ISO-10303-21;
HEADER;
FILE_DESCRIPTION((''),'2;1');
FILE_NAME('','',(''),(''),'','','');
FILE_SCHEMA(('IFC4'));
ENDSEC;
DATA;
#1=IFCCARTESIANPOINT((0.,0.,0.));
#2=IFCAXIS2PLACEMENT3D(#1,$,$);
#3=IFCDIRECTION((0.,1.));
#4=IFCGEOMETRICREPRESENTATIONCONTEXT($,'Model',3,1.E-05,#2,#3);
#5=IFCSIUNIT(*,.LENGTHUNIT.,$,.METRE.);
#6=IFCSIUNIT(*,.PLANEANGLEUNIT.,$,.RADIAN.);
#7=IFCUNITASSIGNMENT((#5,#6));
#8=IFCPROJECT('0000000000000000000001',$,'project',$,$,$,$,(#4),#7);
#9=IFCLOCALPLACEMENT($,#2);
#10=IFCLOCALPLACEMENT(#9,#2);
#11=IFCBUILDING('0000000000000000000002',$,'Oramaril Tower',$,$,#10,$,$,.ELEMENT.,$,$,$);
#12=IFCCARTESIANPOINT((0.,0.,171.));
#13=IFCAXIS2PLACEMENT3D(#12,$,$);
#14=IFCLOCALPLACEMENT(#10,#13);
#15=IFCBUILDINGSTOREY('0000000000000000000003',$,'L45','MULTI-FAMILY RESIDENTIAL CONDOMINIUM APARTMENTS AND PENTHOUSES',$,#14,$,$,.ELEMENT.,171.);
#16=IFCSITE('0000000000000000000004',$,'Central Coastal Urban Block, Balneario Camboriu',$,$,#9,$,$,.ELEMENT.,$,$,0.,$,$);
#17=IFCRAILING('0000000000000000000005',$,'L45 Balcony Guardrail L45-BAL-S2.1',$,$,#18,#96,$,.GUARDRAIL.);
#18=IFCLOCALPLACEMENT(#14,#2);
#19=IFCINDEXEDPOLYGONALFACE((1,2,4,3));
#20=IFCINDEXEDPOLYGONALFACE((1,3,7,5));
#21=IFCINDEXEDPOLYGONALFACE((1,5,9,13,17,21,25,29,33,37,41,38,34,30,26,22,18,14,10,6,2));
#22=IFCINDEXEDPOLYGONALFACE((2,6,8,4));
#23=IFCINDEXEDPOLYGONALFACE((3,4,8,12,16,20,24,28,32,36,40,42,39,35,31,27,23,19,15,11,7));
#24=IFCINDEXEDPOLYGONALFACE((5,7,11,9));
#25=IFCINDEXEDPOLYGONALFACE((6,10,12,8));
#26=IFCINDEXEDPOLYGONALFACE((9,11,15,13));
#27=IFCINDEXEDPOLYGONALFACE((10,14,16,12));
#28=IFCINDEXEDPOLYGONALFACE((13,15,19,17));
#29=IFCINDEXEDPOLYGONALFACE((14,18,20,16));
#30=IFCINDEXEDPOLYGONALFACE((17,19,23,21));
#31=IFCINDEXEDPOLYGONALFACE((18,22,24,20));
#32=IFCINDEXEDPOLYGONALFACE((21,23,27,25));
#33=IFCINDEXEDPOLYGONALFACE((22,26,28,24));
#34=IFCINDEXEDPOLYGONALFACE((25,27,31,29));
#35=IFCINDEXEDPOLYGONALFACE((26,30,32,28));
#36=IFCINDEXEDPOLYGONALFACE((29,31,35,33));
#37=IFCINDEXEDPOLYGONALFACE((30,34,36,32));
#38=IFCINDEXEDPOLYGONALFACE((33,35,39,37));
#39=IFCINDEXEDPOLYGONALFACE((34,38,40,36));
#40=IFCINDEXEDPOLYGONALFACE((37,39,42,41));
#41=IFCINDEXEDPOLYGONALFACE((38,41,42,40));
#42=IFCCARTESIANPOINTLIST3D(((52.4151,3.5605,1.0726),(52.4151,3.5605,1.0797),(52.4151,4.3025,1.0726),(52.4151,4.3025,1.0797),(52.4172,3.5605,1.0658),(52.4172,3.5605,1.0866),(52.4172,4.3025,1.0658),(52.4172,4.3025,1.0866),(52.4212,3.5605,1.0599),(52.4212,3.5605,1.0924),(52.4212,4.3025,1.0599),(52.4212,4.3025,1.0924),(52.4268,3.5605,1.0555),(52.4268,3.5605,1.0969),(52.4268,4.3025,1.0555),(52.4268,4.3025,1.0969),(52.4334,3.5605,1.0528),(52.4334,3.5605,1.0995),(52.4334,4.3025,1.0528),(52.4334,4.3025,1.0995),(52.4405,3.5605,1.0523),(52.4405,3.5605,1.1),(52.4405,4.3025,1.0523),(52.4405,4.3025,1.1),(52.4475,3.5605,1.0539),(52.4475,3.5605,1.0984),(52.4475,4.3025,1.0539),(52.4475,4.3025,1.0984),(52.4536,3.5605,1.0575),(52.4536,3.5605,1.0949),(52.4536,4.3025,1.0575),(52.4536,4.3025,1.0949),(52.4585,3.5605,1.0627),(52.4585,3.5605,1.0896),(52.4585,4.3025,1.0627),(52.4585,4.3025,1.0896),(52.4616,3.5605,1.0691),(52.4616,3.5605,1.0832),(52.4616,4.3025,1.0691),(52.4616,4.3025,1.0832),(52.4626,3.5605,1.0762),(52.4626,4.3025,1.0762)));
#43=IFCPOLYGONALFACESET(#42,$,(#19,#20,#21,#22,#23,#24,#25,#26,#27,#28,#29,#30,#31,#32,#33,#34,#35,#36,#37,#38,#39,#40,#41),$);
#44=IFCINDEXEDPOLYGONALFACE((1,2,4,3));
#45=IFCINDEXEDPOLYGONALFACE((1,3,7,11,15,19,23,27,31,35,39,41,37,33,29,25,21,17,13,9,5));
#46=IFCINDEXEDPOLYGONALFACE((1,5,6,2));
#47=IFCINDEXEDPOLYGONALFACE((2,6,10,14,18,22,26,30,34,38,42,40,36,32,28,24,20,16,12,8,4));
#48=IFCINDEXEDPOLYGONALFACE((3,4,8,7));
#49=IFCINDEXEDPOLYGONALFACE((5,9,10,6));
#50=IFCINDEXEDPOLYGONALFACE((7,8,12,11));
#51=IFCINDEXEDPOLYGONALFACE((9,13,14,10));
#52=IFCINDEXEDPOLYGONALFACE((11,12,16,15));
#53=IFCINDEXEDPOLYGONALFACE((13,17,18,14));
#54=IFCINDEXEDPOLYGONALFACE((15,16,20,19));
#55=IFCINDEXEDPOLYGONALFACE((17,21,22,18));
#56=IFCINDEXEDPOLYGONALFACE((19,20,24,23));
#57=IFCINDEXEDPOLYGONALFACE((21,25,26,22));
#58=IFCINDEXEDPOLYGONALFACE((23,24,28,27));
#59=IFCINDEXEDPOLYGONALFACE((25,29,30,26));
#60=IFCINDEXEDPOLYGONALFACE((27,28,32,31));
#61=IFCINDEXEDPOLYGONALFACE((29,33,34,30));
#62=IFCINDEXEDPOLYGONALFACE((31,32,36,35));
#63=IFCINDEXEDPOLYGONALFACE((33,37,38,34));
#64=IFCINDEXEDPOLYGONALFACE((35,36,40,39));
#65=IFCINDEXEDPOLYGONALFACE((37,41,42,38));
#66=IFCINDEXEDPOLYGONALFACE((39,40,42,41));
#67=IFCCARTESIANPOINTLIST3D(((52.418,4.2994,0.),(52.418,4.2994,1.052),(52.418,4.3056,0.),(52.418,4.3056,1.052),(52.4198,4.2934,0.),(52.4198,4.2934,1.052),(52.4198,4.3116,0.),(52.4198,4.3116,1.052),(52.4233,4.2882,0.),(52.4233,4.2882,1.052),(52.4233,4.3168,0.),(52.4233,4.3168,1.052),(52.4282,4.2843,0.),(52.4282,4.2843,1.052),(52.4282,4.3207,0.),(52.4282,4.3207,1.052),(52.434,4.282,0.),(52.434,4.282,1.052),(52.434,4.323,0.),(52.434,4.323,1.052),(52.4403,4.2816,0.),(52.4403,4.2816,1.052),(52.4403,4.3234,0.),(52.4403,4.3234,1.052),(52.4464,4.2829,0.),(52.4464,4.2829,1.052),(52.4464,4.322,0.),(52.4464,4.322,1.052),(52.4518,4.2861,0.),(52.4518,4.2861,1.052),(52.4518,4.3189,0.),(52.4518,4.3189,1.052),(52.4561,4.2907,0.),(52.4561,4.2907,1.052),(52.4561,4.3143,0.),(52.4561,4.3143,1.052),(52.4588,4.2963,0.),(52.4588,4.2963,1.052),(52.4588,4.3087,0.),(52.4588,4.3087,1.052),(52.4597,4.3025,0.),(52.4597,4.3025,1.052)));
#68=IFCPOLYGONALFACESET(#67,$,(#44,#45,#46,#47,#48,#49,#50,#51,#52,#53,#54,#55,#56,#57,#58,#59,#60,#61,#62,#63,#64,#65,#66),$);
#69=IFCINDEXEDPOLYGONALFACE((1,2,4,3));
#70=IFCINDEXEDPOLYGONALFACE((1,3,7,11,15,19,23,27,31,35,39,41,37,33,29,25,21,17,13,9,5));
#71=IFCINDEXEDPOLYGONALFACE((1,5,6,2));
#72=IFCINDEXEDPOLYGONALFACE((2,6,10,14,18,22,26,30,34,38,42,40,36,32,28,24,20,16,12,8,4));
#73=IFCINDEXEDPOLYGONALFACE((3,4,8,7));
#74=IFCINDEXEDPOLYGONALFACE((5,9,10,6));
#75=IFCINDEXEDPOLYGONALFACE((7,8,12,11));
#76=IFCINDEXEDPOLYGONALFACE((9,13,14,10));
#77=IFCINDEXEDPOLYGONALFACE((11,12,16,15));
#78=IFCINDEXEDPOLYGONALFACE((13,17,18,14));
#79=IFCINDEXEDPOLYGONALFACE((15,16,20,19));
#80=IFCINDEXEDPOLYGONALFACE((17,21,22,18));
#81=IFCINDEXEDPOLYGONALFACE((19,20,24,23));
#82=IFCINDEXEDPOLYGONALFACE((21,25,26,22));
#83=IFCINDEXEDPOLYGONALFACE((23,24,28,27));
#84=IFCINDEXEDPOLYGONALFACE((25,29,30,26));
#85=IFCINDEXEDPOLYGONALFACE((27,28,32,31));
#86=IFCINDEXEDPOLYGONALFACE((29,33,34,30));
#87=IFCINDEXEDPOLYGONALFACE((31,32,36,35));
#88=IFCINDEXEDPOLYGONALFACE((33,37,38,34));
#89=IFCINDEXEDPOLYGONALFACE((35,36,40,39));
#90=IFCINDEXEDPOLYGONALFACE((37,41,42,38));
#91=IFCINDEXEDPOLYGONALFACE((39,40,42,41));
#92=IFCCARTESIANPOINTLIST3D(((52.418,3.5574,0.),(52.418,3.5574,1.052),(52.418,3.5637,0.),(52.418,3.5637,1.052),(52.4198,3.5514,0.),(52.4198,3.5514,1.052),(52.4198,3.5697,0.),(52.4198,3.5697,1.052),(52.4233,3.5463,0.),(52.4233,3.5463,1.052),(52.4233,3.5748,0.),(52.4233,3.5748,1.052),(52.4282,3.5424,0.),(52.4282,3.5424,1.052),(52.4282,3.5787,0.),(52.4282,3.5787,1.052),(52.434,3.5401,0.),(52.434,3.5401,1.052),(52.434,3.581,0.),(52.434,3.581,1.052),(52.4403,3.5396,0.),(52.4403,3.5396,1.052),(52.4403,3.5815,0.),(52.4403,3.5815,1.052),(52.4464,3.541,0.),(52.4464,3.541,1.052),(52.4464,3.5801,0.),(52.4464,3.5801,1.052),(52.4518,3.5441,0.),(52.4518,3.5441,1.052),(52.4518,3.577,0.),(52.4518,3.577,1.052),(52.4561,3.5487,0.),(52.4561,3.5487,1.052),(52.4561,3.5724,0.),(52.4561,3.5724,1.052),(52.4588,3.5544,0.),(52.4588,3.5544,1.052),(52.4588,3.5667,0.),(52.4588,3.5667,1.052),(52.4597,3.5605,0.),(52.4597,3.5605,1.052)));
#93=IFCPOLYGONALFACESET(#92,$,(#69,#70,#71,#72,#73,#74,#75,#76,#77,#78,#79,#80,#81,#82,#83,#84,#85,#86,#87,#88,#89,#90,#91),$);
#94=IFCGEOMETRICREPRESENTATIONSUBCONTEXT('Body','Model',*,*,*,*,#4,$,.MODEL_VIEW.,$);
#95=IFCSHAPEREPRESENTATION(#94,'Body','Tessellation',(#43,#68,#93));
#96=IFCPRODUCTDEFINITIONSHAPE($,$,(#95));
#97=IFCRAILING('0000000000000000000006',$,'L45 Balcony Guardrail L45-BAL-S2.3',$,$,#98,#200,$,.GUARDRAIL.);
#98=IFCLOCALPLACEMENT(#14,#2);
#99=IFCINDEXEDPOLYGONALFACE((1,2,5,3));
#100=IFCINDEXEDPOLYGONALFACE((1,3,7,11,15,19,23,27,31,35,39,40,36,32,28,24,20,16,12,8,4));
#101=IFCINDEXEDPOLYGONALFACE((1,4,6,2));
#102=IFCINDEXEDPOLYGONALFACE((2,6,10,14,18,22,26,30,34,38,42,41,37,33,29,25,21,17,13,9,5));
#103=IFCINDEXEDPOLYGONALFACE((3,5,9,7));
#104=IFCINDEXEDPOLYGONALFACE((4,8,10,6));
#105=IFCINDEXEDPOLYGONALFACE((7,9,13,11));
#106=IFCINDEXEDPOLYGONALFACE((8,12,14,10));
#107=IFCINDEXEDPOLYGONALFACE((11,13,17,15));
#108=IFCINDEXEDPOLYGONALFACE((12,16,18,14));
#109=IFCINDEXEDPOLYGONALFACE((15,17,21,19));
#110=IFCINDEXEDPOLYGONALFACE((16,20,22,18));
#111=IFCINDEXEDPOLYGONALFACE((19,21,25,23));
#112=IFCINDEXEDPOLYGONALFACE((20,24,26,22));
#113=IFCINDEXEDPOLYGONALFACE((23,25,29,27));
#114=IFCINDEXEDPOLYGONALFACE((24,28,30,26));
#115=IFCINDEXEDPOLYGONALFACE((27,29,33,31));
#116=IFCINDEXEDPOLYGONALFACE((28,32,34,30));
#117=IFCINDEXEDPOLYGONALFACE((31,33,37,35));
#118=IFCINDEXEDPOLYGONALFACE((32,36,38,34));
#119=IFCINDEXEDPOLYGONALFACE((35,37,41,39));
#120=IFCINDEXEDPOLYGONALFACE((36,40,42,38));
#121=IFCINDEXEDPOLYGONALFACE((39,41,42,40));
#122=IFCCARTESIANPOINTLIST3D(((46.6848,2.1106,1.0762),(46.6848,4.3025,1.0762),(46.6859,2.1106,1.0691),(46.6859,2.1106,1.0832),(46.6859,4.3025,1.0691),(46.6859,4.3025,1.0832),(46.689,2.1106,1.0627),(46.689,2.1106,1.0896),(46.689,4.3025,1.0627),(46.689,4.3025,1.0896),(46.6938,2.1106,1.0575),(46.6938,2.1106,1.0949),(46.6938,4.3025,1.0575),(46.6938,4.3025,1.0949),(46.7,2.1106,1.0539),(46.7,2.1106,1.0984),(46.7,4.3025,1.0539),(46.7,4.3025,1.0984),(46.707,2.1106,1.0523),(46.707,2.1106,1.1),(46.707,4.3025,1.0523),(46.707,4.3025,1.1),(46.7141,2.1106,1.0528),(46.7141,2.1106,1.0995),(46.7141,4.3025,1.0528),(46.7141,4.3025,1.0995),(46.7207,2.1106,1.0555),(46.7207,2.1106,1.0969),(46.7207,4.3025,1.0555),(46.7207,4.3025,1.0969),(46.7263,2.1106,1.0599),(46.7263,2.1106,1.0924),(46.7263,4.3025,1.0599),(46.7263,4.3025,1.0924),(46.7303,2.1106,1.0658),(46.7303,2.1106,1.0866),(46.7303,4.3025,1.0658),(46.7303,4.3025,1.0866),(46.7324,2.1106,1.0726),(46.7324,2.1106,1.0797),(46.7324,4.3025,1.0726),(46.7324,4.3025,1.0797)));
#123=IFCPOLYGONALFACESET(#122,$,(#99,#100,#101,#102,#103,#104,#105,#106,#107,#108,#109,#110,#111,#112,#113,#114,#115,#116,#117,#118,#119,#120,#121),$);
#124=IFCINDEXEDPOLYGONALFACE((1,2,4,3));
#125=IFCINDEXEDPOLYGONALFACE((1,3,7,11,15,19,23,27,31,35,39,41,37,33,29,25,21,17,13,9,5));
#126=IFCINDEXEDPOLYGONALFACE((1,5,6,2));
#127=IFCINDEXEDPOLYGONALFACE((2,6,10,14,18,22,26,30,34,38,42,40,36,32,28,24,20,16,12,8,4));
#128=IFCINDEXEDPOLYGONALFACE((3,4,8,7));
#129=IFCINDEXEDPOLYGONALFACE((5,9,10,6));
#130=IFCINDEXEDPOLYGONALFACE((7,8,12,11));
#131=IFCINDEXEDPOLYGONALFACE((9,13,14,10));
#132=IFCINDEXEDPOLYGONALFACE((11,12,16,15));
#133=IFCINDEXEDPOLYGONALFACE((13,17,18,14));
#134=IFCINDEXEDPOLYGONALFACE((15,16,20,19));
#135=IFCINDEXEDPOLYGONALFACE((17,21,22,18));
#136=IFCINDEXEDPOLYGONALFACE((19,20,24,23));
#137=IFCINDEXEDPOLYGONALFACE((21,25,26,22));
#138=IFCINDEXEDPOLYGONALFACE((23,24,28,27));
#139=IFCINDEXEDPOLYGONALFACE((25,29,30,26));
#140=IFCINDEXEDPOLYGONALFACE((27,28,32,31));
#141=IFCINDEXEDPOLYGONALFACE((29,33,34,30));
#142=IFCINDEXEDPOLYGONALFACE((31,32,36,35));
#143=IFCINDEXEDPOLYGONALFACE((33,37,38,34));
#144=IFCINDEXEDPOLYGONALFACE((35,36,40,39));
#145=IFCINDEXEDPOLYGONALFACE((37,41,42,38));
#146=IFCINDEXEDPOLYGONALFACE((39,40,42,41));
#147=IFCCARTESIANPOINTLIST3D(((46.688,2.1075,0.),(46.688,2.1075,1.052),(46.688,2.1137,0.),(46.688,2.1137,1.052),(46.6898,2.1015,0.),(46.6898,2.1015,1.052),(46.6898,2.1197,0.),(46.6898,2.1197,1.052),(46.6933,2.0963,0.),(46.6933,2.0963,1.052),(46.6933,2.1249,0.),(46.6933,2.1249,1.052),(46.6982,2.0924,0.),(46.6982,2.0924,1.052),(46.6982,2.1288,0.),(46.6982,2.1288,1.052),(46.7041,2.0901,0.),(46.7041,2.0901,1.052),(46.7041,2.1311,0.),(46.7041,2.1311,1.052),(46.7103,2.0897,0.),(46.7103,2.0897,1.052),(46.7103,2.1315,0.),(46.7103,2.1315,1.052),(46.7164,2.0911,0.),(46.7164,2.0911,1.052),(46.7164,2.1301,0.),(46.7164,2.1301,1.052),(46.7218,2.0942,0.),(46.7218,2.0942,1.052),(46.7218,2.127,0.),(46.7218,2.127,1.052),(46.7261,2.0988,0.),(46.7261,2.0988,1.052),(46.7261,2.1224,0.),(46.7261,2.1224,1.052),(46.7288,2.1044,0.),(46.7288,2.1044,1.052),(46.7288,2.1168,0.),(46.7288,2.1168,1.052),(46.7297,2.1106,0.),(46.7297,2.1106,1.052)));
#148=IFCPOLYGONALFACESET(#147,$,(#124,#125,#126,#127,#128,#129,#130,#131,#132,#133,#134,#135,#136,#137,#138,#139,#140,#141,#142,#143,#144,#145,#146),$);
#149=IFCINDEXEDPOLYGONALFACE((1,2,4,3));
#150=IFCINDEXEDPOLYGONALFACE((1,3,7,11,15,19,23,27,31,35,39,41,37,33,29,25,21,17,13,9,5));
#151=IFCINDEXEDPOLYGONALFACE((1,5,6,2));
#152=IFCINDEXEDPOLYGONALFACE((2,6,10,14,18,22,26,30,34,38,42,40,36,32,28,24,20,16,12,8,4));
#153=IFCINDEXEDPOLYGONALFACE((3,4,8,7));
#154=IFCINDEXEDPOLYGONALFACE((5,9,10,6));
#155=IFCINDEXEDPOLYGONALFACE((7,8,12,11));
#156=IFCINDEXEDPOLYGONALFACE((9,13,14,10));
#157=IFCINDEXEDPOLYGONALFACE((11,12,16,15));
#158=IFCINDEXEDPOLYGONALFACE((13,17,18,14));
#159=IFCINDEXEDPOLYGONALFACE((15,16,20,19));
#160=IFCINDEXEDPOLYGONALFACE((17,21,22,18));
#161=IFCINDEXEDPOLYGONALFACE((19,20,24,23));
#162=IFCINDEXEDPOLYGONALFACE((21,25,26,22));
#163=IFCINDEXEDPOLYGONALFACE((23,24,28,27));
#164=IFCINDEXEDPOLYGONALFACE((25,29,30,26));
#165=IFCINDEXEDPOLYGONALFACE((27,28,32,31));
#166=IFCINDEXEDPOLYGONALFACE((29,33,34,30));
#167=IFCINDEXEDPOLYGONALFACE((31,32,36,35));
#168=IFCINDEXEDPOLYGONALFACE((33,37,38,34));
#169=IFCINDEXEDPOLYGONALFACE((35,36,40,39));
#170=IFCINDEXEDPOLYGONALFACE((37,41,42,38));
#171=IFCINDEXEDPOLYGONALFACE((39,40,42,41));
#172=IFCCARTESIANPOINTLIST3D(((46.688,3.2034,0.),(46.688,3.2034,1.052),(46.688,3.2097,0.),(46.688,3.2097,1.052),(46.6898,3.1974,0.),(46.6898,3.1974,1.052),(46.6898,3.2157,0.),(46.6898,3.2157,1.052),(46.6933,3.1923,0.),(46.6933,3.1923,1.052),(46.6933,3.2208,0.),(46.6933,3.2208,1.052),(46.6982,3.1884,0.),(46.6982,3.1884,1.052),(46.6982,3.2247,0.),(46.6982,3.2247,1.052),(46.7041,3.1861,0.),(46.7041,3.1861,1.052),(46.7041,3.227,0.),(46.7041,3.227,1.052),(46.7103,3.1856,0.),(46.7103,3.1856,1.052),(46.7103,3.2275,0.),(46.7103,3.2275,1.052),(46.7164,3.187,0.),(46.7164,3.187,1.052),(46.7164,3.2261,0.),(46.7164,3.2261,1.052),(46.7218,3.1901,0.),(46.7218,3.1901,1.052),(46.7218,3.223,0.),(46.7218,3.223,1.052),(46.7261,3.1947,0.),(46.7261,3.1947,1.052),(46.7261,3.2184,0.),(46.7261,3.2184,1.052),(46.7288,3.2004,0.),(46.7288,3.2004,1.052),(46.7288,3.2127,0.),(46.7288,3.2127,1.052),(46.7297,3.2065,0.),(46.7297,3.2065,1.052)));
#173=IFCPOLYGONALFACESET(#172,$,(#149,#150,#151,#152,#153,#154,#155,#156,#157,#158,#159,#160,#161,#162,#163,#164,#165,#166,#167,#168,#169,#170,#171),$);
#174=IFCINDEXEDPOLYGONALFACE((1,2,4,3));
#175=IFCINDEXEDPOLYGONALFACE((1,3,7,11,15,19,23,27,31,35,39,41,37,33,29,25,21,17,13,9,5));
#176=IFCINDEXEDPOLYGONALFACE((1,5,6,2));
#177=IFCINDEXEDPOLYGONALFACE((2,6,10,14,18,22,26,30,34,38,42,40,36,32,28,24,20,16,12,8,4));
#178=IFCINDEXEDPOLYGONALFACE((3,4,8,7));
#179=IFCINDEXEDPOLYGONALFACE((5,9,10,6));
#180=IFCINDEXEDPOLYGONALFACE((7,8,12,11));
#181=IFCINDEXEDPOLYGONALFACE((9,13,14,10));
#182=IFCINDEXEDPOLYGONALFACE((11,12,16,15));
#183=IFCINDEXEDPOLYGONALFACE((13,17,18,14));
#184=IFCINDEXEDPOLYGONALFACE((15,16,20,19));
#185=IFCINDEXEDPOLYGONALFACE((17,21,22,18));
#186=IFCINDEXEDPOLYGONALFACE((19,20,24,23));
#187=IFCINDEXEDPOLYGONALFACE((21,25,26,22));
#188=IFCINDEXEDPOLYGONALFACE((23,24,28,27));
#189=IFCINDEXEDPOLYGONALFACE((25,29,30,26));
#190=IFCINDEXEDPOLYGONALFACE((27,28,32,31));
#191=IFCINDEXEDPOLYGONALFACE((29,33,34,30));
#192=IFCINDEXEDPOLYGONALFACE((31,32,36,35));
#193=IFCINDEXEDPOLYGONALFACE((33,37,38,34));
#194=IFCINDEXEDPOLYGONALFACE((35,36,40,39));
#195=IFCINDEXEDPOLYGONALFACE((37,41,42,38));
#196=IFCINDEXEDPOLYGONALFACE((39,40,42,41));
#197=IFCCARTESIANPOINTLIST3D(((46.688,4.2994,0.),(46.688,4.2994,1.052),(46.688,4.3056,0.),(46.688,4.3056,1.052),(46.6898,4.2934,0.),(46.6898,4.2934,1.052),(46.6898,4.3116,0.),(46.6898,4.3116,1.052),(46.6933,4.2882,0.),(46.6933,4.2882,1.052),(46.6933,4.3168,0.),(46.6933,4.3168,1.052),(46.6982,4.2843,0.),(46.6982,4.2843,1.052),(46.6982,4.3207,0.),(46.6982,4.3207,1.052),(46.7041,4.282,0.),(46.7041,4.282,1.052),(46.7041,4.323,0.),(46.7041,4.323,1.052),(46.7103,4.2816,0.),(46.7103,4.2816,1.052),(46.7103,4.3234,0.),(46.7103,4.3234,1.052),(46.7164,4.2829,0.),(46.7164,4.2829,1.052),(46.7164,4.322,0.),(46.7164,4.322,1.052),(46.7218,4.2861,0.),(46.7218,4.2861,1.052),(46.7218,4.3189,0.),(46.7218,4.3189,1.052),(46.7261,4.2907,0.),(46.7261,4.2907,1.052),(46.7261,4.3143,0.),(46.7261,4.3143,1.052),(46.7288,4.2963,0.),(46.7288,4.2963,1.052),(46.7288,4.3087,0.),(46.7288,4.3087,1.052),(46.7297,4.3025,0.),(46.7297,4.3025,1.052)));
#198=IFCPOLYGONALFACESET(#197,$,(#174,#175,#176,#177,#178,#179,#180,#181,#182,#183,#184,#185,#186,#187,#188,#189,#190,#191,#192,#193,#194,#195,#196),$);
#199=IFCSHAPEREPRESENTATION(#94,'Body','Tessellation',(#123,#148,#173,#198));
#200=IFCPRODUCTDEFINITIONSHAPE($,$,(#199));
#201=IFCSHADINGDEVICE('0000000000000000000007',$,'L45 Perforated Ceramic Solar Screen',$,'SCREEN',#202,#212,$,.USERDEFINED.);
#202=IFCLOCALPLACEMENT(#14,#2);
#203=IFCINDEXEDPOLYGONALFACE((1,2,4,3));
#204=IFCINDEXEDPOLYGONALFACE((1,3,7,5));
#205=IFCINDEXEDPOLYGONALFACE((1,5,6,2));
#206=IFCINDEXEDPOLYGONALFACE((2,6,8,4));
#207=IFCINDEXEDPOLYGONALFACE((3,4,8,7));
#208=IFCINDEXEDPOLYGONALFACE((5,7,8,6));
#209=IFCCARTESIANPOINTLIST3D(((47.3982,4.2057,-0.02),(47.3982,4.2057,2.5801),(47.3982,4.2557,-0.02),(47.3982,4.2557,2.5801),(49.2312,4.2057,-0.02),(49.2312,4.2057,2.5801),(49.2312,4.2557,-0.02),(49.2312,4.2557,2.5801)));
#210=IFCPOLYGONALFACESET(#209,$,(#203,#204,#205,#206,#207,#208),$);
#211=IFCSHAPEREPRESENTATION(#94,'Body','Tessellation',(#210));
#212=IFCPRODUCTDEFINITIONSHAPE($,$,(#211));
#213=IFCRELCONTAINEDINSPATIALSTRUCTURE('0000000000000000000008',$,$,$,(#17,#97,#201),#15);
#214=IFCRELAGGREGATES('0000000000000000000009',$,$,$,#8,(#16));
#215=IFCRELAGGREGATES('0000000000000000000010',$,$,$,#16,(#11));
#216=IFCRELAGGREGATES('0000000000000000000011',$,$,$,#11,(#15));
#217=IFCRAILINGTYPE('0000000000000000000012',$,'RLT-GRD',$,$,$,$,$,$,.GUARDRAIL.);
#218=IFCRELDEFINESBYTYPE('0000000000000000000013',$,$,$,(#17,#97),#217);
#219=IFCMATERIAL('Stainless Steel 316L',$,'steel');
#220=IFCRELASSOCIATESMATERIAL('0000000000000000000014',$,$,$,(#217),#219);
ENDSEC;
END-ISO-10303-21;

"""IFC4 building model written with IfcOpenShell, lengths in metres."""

from ifc_helpers import new_model, si_unit, direction, frame, origin, origin_2d, place, context, subcontext, project, spatial, rectangle, circle, extrude, material, type_object, element, save


model = new_model("IFC4")

# Units and contexts
model_context = context("Model", 3, precision=1e-05, world=origin(), true_north=direction((0.0, 1.0)))
body_context = subcontext(model_context, "Body", "Model", "MODEL_VIEW")
ifc_project = project(units=[si_unit("LENGTHUNIT", "METRE"), si_unit("PLANEANGLEUNIT", "RADIAN")], contexts=[model_context])

# Site, building, storey
site_placement = place(None, origin())
site = spatial("IfcSite", under=ifc_project, at=site_placement, Name="Central Coastal Urban Block, Balneario Camboriu", CompositionType="ELEMENT", RefElevation=0.0)
building_placement = place(site_placement, origin())
building = spatial("IfcBuilding", under=site, at=building_placement, Name="Oramaril Tower", CompositionType="ELEMENT")
storey_placement = place(building_placement, frame((0.0, 0.0, 171.0)))
storey = spatial("IfcBuildingStorey", under=building, at=storey_placement, Name="L45", Description="MULTI-FAMILY RESIDENTIAL CONDOMINIUM APARTMENTS AND PENTHOUSES", CompositionType="ELEMENT", Elevation=171.0)

# Railings
ifc_material_1 = material(Name="Stainless Steel 316L", Category="steel")
railing_type = type_object("IfcRailingType", Name="RLT-GRD", PredefinedType="GUARDRAIL", material=ifc_material_1)
railing_1_placement = place(storey_placement, frame((52.4387, 4.3025, 0.0)))
element("IfcRailing", 1, at=railing_1_placement, inside=storey, type_object=railing_type, Name="L45 Balcony Guardrail L45-BAL-S2.1", PredefinedType="GUARDRAIL", context=body_context, shape_type="SweptSolid", body=[
    extrude(circle(Radius=0.0239, at=origin_2d()), frame((0.0, 0.0, 1.0762), z_axis=(0.0, -1.0, 0.0), x_axis=(1.0, 0.0, 0.0)), (0.0, 0.0, 1.0), 0.7419),
    extrude(circle(Radius=0.021, at=origin_2d()), origin(), (0.0, 0.0, 1.0), 1.052),
    extrude(circle(Radius=0.021, at=origin_2d()), frame((0.0, -0.7419, 0.0)), (0.0, 0.0, 1.0), 1.052),
])
railing_2_placement = place(storey_placement, frame((46.7087, 2.1106, 0.0)))
element("IfcRailing", 2, at=railing_2_placement, inside=storey, type_object=railing_type, Name="L45 Balcony Guardrail L45-BAL-S2.3", PredefinedType="GUARDRAIL", context=body_context, shape_type="SweptSolid", body=[
    extrude(circle(Radius=0.0239, at=origin_2d()), frame((0.0, 0.0, 1.0762), z_axis=(0.0, 1.0, 0.0), x_axis=(-1.0, 0.0, 0.0)), (0.0, 0.0, 1.0), 2.1919),
    extrude(circle(Radius=0.021, at=origin_2d()), origin(), (0.0, 0.0, 1.0), 1.052),
    extrude(circle(Radius=0.021, at=origin_2d()), frame((0.0, 1.0959, 0.0)), (0.0, 0.0, 1.0), 1.052),
    extrude(circle(Radius=0.021, at=origin_2d()), frame((0.0, 2.1919, 0.0)), (0.0, 0.0, 1.0), 1.052),
])

# Shading device
for number, where, z_axis, x_axis, name in (
    (3, (48.3147, 4.2307, -0.02), (0.0, 0.0, 1.0), (1.0, 0.0, 0.0), "L45 Perforated Ceramic Solar Screen"),
):
    element("IfcShadingDevice", number, at=place(storey_placement, frame(where, z_axis=z_axis, x_axis=x_axis)), inside=storey, Name=name, ObjectType="SCREEN", PredefinedType="USERDEFINED", context=body_context, shape_type="SweptSolid", body=[
        extrude(rectangle(XDim=1.833, YDim=0.05, at=origin_2d()), origin(), (0.0, 0.0, 1.0), 2.6001),
    ])

save(model, "model.ifc")
